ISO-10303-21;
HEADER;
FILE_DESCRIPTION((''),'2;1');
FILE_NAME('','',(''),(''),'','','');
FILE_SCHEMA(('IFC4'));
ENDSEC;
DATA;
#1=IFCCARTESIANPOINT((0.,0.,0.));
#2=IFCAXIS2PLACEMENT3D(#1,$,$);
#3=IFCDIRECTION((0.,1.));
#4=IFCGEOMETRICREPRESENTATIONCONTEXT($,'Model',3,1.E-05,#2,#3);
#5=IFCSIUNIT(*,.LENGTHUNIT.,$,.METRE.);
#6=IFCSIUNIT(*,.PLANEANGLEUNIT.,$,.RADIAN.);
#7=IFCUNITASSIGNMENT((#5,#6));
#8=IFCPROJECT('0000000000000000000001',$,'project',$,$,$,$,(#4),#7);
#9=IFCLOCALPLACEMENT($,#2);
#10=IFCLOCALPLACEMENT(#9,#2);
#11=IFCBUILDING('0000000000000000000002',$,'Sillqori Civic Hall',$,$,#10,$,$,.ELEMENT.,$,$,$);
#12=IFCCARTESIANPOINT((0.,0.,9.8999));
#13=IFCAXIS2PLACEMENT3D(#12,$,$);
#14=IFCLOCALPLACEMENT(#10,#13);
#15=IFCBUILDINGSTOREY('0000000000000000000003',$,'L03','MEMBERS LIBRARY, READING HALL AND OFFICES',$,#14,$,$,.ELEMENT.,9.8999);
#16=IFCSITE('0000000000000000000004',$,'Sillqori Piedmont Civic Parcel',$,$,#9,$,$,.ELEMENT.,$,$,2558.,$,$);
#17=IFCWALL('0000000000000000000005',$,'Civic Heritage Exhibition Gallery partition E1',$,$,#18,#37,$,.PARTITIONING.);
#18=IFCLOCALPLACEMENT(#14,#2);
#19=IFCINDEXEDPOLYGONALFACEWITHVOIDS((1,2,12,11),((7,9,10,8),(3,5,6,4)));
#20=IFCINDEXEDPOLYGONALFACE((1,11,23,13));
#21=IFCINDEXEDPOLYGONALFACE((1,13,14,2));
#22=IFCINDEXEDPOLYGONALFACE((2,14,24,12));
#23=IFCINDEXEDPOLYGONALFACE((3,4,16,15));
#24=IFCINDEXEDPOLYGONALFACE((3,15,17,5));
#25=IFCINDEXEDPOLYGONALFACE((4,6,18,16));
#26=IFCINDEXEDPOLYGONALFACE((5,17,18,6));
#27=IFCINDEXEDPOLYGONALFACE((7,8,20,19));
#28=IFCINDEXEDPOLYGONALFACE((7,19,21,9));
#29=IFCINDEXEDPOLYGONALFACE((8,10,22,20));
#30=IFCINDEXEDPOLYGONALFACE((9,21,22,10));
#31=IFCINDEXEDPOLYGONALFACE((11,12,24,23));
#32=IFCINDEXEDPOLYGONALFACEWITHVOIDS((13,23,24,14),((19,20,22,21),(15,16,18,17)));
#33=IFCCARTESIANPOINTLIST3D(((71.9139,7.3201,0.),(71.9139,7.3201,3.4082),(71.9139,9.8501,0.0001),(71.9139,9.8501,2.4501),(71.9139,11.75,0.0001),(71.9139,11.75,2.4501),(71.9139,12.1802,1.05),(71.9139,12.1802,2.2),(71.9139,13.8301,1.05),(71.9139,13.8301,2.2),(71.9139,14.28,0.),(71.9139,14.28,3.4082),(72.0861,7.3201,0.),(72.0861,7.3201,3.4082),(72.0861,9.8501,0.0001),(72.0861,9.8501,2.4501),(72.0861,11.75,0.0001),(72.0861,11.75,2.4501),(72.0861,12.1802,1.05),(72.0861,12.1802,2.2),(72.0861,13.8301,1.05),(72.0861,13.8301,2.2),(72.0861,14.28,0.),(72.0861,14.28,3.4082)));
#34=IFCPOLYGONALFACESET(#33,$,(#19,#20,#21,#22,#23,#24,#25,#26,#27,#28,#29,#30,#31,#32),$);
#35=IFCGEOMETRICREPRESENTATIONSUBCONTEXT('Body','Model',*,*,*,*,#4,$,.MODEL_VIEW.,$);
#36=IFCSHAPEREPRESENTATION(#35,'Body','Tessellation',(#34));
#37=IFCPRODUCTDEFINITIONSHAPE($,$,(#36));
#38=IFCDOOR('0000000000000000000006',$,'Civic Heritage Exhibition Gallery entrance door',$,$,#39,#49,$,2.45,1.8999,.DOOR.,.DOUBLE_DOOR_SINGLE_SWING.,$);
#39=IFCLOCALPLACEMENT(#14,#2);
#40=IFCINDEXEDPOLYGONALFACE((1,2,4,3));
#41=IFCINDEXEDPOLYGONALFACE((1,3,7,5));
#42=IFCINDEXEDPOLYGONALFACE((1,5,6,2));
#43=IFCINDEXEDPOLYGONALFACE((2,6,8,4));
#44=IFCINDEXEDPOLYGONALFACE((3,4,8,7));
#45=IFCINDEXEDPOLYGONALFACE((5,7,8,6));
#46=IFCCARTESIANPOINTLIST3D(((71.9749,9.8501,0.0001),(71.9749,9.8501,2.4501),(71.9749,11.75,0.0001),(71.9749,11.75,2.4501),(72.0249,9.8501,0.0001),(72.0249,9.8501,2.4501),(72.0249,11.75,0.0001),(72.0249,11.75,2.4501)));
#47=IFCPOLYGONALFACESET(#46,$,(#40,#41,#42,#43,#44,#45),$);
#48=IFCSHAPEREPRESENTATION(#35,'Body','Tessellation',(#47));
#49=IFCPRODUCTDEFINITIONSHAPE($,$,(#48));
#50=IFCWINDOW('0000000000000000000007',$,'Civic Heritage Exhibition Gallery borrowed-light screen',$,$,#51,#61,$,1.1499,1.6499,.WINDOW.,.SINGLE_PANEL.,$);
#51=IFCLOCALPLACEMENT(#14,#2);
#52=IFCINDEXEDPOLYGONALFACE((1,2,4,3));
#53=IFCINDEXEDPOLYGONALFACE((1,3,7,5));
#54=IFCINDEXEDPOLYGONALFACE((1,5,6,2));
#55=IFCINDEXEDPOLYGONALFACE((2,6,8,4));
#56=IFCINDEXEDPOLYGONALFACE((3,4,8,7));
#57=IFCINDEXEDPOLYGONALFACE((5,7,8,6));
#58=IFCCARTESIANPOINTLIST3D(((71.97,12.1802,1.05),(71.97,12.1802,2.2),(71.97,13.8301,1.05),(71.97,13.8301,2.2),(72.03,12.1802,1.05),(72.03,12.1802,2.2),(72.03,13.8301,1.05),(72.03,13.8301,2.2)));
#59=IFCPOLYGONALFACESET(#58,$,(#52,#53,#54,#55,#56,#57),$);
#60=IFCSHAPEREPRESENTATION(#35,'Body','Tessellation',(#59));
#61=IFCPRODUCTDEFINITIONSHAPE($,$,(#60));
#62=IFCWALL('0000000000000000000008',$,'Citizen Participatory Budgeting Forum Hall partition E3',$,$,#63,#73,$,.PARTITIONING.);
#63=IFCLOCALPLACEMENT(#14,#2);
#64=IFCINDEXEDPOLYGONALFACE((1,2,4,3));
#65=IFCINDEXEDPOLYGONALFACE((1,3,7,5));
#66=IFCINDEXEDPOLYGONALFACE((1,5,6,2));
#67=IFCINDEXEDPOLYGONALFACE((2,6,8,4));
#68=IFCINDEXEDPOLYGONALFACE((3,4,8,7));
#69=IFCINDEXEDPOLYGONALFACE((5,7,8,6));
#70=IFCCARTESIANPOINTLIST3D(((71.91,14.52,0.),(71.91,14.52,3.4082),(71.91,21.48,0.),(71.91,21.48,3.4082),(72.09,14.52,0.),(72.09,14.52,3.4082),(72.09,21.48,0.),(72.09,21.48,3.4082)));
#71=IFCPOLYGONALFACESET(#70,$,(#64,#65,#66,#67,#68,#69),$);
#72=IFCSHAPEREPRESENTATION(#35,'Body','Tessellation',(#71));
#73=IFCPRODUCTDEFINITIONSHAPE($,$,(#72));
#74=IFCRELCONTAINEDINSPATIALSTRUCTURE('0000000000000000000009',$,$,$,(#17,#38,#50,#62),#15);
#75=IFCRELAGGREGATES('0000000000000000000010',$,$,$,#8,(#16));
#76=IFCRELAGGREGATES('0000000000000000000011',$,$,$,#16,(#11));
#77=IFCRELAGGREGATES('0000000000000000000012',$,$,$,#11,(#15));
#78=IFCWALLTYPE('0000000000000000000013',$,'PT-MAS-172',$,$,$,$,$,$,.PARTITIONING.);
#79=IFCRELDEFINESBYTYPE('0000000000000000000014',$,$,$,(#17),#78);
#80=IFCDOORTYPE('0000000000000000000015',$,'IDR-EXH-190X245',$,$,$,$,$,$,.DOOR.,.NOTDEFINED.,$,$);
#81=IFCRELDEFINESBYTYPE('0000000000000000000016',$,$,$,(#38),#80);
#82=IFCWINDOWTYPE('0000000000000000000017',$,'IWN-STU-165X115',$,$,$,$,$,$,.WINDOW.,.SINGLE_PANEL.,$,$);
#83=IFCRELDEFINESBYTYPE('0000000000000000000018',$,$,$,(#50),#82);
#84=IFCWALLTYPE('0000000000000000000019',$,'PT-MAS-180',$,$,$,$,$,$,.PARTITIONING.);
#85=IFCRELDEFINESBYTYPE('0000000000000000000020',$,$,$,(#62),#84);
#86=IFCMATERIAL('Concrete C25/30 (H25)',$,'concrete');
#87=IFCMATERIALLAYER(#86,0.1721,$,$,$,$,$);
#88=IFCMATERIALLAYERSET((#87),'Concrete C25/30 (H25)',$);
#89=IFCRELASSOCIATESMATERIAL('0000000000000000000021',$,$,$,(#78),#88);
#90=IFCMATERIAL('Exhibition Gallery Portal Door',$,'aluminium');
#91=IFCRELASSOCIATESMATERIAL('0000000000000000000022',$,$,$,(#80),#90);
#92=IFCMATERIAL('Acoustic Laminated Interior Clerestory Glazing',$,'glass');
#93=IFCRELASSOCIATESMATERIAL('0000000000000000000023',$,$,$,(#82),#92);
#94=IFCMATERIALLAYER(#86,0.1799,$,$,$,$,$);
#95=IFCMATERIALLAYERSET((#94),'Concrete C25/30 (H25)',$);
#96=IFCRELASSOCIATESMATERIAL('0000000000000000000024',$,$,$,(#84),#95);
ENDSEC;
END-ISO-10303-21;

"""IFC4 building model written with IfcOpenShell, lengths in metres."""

from ifc_helpers import new_model, si_unit, direction, frame, frame_2d, origin, place, context, subcontext, project, spatial, rectangle, extrude, material, layer, layer_set, type_object, element, fill, save


model = new_model("IFC4")

# Units and contexts
model_context = context("Model", 3, precision=1e-05, world=origin(), true_north=direction((0.0, 1.0)))
body_context = subcontext(model_context, "Body", "Model", "MODEL_VIEW")
ifc_project = project(units=[si_unit("LENGTHUNIT", "METRE"), si_unit("PLANEANGLEUNIT", "RADIAN")], contexts=[model_context])

# Site, building, storey
site_placement = place(None, origin())
site = spatial("IfcSite", under=ifc_project, at=site_placement, Name="Sillqori Piedmont Civic Parcel", CompositionType="ELEMENT", RefElevation=2558.0)
building_placement = place(site_placement, origin())
building = spatial("IfcBuilding", under=site, at=building_placement, Name="Sillqori Civic Hall", CompositionType="ELEMENT")
storey_placement = place(building_placement, frame((0.0, 0.0, 9.8999)))
storey = spatial("IfcBuildingStorey", under=building, at=storey_placement, Name="L03", Description="MEMBERS LIBRARY, READING HALL AND OFFICES", CompositionType="ELEMENT", Elevation=9.8999)

# Wall, openings, door, window
ifc_material_1 = material(Name="Concrete C25/30 (H25)", Category="concrete")
ifc_layer_1 = layer(ifc_material_1, 0.1721)
ifc_layer_set_1 = layer_set([ifc_layer_1], Name="Concrete C25/30 (H25)")
wall_type_1 = type_object("IfcWallType", Name="PT-MAS-172", PredefinedType="PARTITIONING", material=ifc_layer_set_1)
wall_1_placement = place(storey_placement, frame((72.0, 14.28, 0.0), z_axis=(0.0, 0.0, 1.0), x_axis=(0.0, -1.0, 0.0)))
wall_1 = element("IfcWall", 1, at=wall_1_placement, inside=storey, type_object=wall_type_1, Name="Civic Heritage Exhibition Gallery partition E1", PredefinedType="PARTITIONING", context=body_context, shape_type="SweptSolid", body=[
    extrude(rectangle(XDim=6.96, YDim=0.1721, at=frame_2d((3.48, 0.0))), origin(), (0.0, 0.0, 1.0), 3.4082),
])
opening_1_placement = place(wall_1_placement, frame((2.53, 0.0, 0.0)))
opening_1 = element("IfcOpeningElement", 2, at=opening_1_placement, cuts=wall_1, PredefinedType="OPENING", context=body_context, shape_type="SweptSolid", body=[
    extrude(rectangle(XDim=1.8999, YDim=2.45, at=frame_2d((0.95, 1.2251))), frame((0.0, 0.0959, 0.0), z_axis=(0.0, -1.0, 0.0), x_axis=(1.0, 0.0, 0.0)), (0.0, 0.0, 1.0), 0.1921),
])
opening_2_placement = place(wall_1_placement, frame((0.45, 0.0, 1.05)))
opening_2 = element("IfcOpeningElement", 3, at=opening_2_placement, cuts=wall_1, PredefinedType="OPENING", context=body_context, shape_type="SweptSolid", body=[
    extrude(rectangle(XDim=1.6499, YDim=1.1499, at=frame_2d((0.825, 0.575))), frame((0.0, 0.0959, 0.0), z_axis=(0.0, -1.0, 0.0), x_axis=(1.0, 0.0, 0.0)), (0.0, 0.0, 1.0), 0.1921),
])
ifc_material_2 = material(Name="Exhibition Gallery Portal Door", Category="aluminium")
door_type = type_object("IfcDoorType", Name="IDR-EXH-190X245", OperationType="NOTDEFINED", PredefinedType="DOOR", material=ifc_material_2)
door_placement = place(opening_1_placement, origin())
door = element("IfcDoor", 4, at=door_placement, inside=storey, type_object=door_type, Name="Civic Heritage Exhibition Gallery entrance door", OperationType="DOUBLE_DOOR_SINGLE_SWING", OverallHeight=2.45, OverallWidth=1.8999, PredefinedType="DOOR", context=body_context, shape_type="SweptSolid", body=[
    extrude(rectangle(XDim=1.8999, YDim=2.45, at=frame_2d((0.95, 1.2251))), frame((0.0, 0.0249, 0.0), z_axis=(0.0, -1.0, 0.0), x_axis=(1.0, 0.0, 0.0)), (0.0, 0.0, 1.0), 0.05),
])
fill(opening_1, door)
ifc_material_3 = material(Name="Acoustic Laminated Interior Clerestory Glazing", Category="glass")
window_type = type_object("IfcWindowType", Name="IWN-STU-165X115", PartitioningType="SINGLE_PANEL", PredefinedType="WINDOW", material=ifc_material_3)
window_placement = place(opening_2_placement, origin())
window = element("IfcWindow", 5, at=window_placement, inside=storey, type_object=window_type, Name="Civic Heritage Exhibition Gallery borrowed-light screen", OverallHeight=1.1499, OverallWidth=1.6499, PartitioningType="SINGLE_PANEL", PredefinedType="WINDOW", context=body_context, shape_type="SweptSolid", body=[
    extrude(rectangle(XDim=1.6499, YDim=1.1499, at=frame_2d((0.825, 0.575))), frame((0.0, 0.03, 0.0), z_axis=(0.0, -1.0, 0.0), x_axis=(1.0, 0.0, 0.0)), (0.0, 0.0, 1.0), 0.0601),
])
fill(opening_2, window)

# Wall
ifc_layer_2 = layer(ifc_material_1, 0.1799)
ifc_layer_set_2 = layer_set([ifc_layer_2], Name="Concrete C25/30 (H25)")
wall_type_2 = type_object("IfcWallType", Name="PT-MAS-180", PredefinedType="PARTITIONING", material=ifc_layer_set_2)
wall_2_placement = place(storey_placement, frame((72.0, 21.48, 0.0), z_axis=(0.0, 0.0, 1.0), x_axis=(0.0, -1.0, 0.0)))
element("IfcWall", 6, at=wall_2_placement, inside=storey, type_object=wall_type_2, Name="Citizen Participatory Budgeting Forum Hall partition E3", PredefinedType="PARTITIONING", context=body_context, shape_type="SweptSolid", body=[
    extrude(rectangle(XDim=6.96, YDim=0.1799, at=frame_2d((3.48, 0.0))), origin(), (0.0, 0.0, 1.0), 3.4082),
])

save(model, "model.ifc")
